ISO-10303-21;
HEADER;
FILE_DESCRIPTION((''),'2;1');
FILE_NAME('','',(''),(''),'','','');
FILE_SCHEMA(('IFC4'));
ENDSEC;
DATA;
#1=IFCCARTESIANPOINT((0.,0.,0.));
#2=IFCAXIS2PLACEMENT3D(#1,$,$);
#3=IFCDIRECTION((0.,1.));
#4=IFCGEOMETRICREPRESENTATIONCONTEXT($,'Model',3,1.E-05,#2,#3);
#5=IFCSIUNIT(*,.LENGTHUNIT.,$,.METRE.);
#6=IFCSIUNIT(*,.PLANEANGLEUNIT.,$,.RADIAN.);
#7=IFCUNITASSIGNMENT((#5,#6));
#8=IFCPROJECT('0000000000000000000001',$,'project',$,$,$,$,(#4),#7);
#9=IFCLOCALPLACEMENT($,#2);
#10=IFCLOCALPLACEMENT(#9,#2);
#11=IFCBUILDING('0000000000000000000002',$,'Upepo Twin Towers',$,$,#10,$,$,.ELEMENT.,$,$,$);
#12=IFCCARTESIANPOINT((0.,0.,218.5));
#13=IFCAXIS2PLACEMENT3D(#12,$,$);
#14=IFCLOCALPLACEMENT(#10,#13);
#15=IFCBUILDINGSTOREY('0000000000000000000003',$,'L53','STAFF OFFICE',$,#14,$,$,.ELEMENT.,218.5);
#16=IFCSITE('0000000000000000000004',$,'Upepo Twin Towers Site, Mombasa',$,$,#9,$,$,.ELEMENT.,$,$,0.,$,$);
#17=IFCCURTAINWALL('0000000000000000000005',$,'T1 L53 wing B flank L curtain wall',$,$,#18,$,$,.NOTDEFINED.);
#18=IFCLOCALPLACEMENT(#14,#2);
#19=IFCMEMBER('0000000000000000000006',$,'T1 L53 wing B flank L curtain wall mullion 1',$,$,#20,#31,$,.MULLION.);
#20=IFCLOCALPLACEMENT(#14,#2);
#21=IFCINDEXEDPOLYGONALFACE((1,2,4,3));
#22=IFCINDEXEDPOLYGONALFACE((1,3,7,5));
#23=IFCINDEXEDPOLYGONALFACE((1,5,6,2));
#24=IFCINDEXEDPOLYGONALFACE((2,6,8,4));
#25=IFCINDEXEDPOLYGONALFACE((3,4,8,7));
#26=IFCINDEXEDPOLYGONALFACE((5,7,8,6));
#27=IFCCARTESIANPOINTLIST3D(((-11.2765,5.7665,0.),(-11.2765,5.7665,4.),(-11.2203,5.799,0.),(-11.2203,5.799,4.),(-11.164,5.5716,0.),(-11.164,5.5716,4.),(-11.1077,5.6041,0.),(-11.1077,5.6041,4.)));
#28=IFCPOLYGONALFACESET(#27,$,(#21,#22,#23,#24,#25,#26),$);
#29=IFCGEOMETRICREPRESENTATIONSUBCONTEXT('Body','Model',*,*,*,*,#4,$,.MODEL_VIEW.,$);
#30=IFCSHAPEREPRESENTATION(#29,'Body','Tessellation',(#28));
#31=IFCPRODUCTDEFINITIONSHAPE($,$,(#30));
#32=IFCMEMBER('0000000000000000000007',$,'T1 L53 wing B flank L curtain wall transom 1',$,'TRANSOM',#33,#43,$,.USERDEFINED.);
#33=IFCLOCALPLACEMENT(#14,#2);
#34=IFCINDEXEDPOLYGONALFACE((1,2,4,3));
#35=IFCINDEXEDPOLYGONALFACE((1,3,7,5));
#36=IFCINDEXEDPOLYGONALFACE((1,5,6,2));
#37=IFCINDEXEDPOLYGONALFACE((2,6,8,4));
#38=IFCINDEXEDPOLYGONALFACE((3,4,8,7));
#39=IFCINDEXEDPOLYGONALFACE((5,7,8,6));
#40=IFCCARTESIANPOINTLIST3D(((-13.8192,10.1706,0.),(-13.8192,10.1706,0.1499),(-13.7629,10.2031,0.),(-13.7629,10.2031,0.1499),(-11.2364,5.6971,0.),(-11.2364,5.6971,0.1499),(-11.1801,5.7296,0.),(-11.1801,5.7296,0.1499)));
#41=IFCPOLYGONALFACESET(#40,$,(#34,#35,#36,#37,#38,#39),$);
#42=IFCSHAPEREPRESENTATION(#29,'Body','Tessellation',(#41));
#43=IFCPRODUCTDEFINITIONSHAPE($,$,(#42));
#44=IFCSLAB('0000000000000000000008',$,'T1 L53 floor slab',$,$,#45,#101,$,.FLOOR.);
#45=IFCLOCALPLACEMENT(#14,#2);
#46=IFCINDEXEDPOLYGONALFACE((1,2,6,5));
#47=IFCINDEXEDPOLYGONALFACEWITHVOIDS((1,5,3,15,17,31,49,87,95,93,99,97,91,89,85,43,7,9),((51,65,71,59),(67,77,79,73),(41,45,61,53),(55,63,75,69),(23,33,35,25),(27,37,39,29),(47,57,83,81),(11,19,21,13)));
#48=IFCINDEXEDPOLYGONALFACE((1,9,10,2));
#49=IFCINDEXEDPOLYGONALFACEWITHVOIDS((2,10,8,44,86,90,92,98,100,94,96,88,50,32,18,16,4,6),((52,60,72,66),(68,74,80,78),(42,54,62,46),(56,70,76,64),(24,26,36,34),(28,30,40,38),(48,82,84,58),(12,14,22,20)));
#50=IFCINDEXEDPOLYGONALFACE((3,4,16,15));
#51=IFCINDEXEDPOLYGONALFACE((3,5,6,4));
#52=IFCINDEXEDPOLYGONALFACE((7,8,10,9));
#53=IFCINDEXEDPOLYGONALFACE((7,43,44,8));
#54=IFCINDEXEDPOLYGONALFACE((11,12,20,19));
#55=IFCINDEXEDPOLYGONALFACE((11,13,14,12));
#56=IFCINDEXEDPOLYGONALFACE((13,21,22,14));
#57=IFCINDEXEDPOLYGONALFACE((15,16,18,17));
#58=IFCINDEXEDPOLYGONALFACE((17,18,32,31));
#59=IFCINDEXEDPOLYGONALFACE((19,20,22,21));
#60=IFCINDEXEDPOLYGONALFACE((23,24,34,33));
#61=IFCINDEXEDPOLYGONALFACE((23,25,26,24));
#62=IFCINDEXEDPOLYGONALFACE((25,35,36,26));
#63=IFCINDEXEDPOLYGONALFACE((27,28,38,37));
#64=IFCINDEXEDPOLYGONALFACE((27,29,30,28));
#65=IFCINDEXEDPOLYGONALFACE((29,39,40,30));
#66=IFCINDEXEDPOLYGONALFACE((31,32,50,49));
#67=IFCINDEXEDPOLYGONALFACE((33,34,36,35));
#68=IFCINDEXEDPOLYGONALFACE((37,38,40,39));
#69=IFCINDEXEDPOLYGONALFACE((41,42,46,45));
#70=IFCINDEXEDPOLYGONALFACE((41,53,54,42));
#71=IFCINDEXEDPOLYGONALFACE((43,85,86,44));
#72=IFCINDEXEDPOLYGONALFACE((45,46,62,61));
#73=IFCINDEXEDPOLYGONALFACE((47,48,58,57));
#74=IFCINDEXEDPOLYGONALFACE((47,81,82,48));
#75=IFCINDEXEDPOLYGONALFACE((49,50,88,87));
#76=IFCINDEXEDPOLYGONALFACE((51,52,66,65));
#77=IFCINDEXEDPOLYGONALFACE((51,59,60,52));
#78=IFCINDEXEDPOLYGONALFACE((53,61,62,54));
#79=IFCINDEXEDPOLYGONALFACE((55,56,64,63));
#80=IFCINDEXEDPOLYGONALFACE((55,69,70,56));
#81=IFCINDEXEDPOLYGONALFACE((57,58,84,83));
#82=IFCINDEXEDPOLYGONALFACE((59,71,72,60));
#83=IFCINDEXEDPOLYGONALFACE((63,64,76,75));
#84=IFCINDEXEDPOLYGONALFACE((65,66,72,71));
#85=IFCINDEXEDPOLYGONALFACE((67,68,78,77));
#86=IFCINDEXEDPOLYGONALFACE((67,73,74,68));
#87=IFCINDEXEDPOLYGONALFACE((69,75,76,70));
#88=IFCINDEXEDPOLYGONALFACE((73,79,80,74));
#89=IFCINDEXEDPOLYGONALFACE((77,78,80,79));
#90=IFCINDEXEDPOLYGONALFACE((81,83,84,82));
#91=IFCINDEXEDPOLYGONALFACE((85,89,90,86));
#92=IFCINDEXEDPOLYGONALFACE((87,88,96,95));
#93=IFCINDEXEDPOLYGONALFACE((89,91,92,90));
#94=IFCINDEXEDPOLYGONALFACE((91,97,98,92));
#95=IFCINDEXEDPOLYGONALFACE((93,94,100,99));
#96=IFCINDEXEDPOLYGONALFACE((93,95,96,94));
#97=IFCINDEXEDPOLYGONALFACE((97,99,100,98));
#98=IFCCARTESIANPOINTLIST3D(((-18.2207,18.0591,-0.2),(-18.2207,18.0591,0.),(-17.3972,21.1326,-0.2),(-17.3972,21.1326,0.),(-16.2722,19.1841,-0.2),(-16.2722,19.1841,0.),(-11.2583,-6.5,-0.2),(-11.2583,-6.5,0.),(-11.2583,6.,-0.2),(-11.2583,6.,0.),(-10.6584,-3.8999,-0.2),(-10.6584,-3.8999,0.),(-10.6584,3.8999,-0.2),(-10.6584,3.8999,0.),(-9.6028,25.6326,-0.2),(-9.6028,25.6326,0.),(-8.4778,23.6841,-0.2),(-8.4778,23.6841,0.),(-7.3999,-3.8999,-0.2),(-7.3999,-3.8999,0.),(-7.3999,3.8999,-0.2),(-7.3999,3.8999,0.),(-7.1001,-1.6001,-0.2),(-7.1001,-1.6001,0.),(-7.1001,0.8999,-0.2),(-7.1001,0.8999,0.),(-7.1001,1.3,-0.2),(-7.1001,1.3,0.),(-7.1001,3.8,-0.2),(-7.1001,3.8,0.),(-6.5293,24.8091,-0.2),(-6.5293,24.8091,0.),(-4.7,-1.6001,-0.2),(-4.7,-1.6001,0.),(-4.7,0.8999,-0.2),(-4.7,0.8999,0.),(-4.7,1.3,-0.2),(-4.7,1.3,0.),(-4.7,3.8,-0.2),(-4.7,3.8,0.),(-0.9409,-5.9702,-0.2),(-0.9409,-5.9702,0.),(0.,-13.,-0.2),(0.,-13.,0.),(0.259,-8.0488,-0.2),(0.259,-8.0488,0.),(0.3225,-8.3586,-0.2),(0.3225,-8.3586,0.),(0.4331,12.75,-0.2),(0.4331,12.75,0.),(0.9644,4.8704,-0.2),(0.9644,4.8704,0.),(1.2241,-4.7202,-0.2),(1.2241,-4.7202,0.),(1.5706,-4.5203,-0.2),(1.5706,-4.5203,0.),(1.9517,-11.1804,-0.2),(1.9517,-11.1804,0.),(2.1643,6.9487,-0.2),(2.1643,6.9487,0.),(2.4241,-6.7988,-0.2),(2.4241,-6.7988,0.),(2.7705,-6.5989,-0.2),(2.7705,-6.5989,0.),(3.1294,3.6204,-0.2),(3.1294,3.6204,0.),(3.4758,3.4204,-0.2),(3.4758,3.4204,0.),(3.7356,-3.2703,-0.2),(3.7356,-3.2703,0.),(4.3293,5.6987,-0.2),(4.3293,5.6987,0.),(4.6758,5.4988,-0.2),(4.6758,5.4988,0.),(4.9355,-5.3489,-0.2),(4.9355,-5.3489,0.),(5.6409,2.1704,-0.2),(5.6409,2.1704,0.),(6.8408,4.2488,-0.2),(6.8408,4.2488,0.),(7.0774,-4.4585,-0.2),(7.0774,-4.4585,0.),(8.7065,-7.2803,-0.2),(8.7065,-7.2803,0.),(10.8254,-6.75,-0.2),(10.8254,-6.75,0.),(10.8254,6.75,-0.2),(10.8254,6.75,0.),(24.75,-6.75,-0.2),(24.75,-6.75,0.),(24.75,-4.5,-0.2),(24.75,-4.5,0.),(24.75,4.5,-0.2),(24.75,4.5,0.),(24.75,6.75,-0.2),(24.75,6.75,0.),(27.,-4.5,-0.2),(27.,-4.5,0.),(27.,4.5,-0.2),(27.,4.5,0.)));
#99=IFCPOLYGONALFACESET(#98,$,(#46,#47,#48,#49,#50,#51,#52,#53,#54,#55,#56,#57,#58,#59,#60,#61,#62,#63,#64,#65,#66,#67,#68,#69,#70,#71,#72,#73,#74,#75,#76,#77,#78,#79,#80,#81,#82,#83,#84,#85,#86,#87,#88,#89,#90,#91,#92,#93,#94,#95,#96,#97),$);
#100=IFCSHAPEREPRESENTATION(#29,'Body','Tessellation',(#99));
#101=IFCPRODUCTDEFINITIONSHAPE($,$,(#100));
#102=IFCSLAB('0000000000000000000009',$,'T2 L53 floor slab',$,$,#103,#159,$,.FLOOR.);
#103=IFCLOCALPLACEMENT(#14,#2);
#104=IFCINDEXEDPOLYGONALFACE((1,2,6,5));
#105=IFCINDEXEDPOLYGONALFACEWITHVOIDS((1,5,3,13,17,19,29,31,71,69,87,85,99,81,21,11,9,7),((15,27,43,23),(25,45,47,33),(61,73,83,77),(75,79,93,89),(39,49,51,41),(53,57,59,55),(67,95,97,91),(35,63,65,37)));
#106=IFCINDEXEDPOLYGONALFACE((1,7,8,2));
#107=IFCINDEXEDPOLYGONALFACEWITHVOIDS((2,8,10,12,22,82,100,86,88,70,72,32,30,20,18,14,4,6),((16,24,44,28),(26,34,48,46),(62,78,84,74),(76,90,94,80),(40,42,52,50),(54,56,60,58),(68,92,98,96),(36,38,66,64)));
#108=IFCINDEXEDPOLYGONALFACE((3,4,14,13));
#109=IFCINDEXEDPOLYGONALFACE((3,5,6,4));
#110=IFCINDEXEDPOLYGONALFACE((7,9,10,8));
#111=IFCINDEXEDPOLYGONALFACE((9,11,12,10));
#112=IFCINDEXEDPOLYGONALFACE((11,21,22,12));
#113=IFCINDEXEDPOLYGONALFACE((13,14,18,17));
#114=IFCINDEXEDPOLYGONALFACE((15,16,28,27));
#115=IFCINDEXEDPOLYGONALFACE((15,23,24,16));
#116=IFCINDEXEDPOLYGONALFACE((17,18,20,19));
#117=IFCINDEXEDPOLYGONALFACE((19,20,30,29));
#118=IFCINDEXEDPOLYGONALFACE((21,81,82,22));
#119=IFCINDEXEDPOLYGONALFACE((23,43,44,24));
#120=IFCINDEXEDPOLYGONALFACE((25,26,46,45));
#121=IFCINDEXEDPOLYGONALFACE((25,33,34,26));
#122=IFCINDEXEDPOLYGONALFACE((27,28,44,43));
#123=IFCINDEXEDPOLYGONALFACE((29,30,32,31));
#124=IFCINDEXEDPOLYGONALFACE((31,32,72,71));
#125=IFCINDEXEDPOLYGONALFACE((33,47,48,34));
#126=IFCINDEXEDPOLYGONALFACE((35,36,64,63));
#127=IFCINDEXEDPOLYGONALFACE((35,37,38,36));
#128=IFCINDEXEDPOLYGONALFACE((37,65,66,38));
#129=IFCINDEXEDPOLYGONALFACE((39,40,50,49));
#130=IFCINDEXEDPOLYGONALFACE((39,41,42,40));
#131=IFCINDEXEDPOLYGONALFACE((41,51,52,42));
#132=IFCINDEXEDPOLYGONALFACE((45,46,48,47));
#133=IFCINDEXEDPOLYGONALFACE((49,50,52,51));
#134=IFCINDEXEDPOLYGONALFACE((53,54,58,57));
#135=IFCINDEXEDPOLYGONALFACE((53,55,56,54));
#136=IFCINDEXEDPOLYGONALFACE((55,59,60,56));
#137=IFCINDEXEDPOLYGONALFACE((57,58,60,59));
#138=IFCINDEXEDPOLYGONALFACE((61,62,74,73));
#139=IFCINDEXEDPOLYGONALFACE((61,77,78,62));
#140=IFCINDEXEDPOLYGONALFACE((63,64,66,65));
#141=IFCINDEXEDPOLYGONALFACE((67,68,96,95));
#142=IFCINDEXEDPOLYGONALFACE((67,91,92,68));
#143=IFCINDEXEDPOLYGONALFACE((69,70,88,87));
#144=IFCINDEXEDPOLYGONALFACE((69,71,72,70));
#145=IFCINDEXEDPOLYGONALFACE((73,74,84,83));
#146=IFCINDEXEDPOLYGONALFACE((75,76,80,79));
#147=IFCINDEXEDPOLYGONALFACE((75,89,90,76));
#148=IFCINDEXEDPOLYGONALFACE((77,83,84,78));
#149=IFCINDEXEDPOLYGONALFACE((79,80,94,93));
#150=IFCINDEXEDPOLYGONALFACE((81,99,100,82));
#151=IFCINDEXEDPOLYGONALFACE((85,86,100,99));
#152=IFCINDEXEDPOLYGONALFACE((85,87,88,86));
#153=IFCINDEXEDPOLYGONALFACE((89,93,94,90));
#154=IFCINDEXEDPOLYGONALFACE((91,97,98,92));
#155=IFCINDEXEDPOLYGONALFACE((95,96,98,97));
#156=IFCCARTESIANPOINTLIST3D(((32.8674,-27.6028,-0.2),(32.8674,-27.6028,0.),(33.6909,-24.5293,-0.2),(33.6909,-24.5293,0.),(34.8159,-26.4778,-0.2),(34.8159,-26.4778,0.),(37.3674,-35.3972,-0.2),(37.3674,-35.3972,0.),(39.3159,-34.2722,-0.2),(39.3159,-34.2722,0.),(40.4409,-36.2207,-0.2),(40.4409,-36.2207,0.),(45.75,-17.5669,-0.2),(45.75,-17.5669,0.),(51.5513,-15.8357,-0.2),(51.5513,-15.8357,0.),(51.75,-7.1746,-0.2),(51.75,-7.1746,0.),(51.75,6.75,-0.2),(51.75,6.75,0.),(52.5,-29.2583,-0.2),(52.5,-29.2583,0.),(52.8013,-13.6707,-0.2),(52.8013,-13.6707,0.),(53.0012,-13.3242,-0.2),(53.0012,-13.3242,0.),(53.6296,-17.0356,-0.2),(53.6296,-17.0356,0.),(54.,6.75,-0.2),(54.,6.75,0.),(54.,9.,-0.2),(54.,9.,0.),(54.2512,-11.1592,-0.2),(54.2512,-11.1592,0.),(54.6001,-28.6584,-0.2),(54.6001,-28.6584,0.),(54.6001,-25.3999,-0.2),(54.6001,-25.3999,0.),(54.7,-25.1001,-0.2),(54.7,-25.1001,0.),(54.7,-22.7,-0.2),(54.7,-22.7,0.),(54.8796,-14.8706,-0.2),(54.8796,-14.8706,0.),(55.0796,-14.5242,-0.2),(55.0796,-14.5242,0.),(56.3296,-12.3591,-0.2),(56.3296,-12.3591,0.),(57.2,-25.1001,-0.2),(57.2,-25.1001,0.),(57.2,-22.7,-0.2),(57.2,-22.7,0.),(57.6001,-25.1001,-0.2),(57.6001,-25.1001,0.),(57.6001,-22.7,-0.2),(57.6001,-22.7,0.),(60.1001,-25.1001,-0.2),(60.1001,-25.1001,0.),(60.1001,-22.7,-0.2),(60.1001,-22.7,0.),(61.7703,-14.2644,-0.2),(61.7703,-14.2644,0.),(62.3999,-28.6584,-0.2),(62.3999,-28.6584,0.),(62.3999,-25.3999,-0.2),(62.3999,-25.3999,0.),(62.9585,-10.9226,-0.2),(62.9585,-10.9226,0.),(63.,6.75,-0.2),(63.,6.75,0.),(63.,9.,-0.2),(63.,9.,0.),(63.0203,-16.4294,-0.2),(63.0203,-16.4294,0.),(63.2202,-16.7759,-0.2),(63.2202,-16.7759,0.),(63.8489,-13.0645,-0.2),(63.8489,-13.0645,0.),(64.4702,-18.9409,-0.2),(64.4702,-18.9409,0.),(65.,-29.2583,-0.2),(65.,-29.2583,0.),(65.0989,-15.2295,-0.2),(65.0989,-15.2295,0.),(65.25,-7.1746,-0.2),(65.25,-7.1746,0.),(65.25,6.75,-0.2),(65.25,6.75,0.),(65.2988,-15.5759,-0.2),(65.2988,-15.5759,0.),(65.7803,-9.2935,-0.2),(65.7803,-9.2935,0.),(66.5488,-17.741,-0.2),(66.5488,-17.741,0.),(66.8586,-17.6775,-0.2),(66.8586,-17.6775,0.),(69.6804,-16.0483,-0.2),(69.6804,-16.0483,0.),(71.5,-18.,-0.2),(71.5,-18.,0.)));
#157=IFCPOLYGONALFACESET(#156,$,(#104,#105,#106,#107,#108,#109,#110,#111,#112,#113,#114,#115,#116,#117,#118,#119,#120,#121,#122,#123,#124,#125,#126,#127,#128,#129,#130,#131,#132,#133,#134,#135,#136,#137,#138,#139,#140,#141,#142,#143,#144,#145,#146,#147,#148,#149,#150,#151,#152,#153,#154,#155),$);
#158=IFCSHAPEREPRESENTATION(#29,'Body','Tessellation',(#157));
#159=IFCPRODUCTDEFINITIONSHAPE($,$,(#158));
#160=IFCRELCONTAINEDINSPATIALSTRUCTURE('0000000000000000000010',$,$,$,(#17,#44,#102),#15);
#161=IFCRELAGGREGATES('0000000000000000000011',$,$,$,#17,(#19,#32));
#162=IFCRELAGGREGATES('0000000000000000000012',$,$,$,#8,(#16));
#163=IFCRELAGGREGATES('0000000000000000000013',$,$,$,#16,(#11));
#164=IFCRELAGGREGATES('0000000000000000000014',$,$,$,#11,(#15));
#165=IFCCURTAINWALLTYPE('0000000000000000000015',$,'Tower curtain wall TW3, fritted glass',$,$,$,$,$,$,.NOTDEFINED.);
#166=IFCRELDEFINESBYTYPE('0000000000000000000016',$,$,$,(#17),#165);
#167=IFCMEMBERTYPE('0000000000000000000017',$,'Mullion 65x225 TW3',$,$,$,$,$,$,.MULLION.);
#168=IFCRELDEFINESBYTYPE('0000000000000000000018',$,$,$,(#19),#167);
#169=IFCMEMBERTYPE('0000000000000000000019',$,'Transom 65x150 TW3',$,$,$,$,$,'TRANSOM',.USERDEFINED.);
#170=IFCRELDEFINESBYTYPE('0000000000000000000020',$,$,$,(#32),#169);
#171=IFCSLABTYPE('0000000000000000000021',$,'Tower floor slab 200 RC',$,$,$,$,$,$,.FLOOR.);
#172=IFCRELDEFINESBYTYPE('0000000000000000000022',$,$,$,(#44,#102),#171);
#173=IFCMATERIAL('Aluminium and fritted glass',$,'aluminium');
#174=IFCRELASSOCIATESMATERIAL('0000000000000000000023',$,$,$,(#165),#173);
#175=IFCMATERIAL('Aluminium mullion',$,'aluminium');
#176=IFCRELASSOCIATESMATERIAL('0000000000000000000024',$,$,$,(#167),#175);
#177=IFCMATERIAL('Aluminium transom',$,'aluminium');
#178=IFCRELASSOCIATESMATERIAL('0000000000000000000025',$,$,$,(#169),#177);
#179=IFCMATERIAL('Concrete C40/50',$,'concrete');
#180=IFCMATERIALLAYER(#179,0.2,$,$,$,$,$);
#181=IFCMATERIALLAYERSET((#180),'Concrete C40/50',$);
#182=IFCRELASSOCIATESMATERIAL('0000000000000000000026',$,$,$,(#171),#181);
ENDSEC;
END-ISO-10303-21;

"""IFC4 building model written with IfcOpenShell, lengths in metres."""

from ifc_helpers import new_model, si_unit, direction, frame, origin, origin_2d, place, context, subcontext, project, spatial, polyline, rectangle, outline, extrude, material, layer, layer_set, material_profile, profile_set, type_object, element, aggregate, save


model = new_model("IFC4")

# Units and contexts
model_context = context("Model", 3, precision=1e-05, world=origin(), true_north=direction((0.0, 1.0)))
body_context = subcontext(model_context, "Body", "Model", "MODEL_VIEW")
ifc_project = project(units=[si_unit("LENGTHUNIT", "METRE"), si_unit("PLANEANGLEUNIT", "RADIAN")], contexts=[model_context])

# Site, building, storey
site_placement = place(None, origin())
site = spatial("IfcSite", under=ifc_project, at=site_placement, Name="Upepo Twin Towers Site, Mombasa", CompositionType="ELEMENT", RefElevation=0.0)
building_placement = place(site_placement, origin())
building = spatial("IfcBuilding", under=site, at=building_placement, Name="Upepo Twin Towers", CompositionType="ELEMENT")
storey_placement = place(building_placement, frame((0.0, 0.0, 218.5)))
storey = spatial("IfcBuildingStorey", under=building, at=storey_placement, Name="L53", Description="STAFF OFFICE", CompositionType="ELEMENT", Elevation=218.5)

# Curtain wall, members
ifc_material_1 = material(Name="Aluminium and fritted glass", Category="aluminium")
curtain_wall_type = type_object("IfcCurtainWallType", Name="Tower curtain wall TW3, fritted glass", PredefinedType="NOTDEFINED", material=ifc_material_1)
curtain_wall_placement = place(storey_placement, origin())
curtain_wall = element("IfcCurtainWall", 1, at=curtain_wall_placement, inside=storey, type_object=curtain_wall_type, Name="T1 L53 wing B flank L curtain wall", PredefinedType="NOTDEFINED")
ifc_material_2 = material(Name="Aluminium mullion", Category="aluminium")
ifc_material_profile_1 = material_profile(ifc_material_2, rectangle(XDim=0.0649, YDim=0.2251, at=origin_2d()), Name="MULLION 65x225")
ifc_profile_set_1 = profile_set([ifc_material_profile_1], Name="Aluminium mullion")
member_type_1 = type_object("IfcMemberType", Name="Mullion 65x225 TW3", PredefinedType="MULLION", material=ifc_profile_set_1)
member_1_placement = place(storey_placement, frame((-11.1921, 5.6853, 0.0), z_axis=(0.0, 0.0, 1.0), x_axis=(-0.866025, -0.5, 0.0)))
member_1 = element("IfcMember", 2, at=member_1_placement, type_object=member_type_1, Name="T1 L53 wing B flank L curtain wall mullion 1", PredefinedType="MULLION", context=body_context, shape_type="SweptSolid", body=[
    extrude(rectangle(XDim=0.0649, YDim=0.2251, at=origin_2d()), origin(), (0.0, 0.0, 1.0), 4.0),
])
ifc_material_3 = material(Name="Aluminium transom", Category="aluminium")
ifc_material_profile_2 = material_profile(ifc_material_3, rectangle(XDim=0.0649, YDim=0.1499, at=origin_2d()), Name="TRANSOM 65x150")
ifc_profile_set_2 = profile_set([ifc_material_profile_2], Name="Aluminium transom")
member_type_2 = type_object("IfcMemberType", Name="Transom 65x150 TW3", ElementType="TRANSOM", PredefinedType="USERDEFINED", material=ifc_profile_set_2)
member_2_placement = place(storey_placement, frame((-11.2083, 5.7134, 0.075), z_axis=(-0.500007, 0.866021, 0.0), x_axis=(-0.866021, -0.500007, 0.0)))
member_2 = element("IfcMember", 3, at=member_2_placement, type_object=member_type_2, Name="T1 L53 wing B flank L curtain wall transom 1", ObjectType="TRANSOM", PredefinedType="USERDEFINED", context=body_context, shape_type="SweptSolid", body=[
    extrude(rectangle(XDim=0.0649, YDim=0.1499, at=origin_2d()), origin(), (0.0, 0.0, 1.0), 5.1655),
])
aggregate(curtain_wall, [member_1, member_2])

# Slabs
ifc_material_4 = material(Name="Concrete C40/50", Category="concrete")
ifc_layer_1 = layer(ifc_material_4, 0.2)
ifc_layer_set_1 = layer_set([ifc_layer_1], Name="Concrete C40/50")
slab_type = type_object("IfcSlabType", Name="Tower floor slab 200 RC", PredefinedType="FLOOR", material=ifc_layer_set_1)
slab_1_placement = place(storey_placement, frame((0.0, 0.0, -0.2)))
element("IfcSlab", 4, at=slab_1_placement, inside=storey, type_object=slab_type, Name="T1 L53 floor slab", PredefinedType="FLOOR", context=body_context, shape_type="SweptSolid", body=[
    extrude(outline(polyline([(10.8254, 6.75), (24.75, 6.75), (24.75, 4.5), (27.0, 4.5), (27.0, -4.5), (24.75, -4.5), (24.75, -6.75), (10.8254, -6.75), (0.0, -13.0), (-11.2583, -6.5), (-11.2583, 6.0), (-18.2207, 18.0591), (-16.2722, 19.1841), (-17.3972, 21.1326), (-9.6028, 25.6326), (-8.4778, 23.6841), (-6.5293, 24.8091), (0.4331, 12.75), (10.8254, 6.75)]), holes=[polyline([(5.6409, 2.1704), (6.8408, 4.2488), (4.6758, 5.4988), (3.4758, 3.4204), (5.6409, 2.1704)]), polyline([(3.1294, 3.6204), (4.3293, 5.6987), (2.1643, 6.9487), (0.9644, 4.8704), (3.1294, 3.6204)]), polyline([(-4.7, 3.8), (-7.1001, 3.8), (-7.1001, 1.3), (-4.7, 1.3), (-4.7, 3.8)]), polyline([(-4.7, 0.8999), (-7.1001, 0.8999), (-7.1001, -1.6001), (-4.7, -1.6001), (-4.7, 0.8999)]), polyline([(-7.3999, 3.8999), (-10.6584, 3.8999), (-10.6584, -3.8999), (-7.3999, -3.8999), (-7.3999, 3.8999)]), polyline([(-0.9409, -5.9702), (0.259, -8.0488), (2.4241, -6.7988), (1.2241, -4.7202), (-0.9409, -5.9702)]), polyline([(1.5706, -4.5203), (2.7705, -6.5989), (4.9355, -5.3489), (3.7356, -3.2703), (1.5706, -4.5203)]), polyline([(0.3225, -8.3586), (1.9517, -11.1804), (8.7065, -7.2803), (7.0774, -4.4585), (0.3225, -8.3586)])]), origin(), (0.0, 0.0, 1.0), 0.2),
])
slab_2_placement = place(storey_placement, frame((0.0, 0.0, -0.2)))
element("IfcSlab", 5, at=slab_2_placement, inside=storey, type_object=slab_type, Name="T2 L53 floor slab", PredefinedType="FLOOR", context=body_context, shape_type="SweptSolid", body=[
    extrude(outline(polyline([(51.75, -7.1746), (51.75, 6.75), (54.0, 6.75), (54.0, 9.0), (63.0, 9.0), (63.0, 6.75), (65.25, 6.75), (65.25, -7.1746), (71.5, -18.0), (65.0, -29.2583), (52.5, -29.2583), (40.4409, -36.2207), (39.3159, -34.2722), (37.3674, -35.3972), (32.8674, -27.6028), (34.8159, -26.4778), (33.6909, -24.5293), (45.75, -17.5669), (51.75, -7.1746)]), holes=[polyline([(56.3296, -12.3591), (54.2512, -11.1592), (53.0012, -13.3242), (55.0796, -14.5242), (56.3296, -12.3591)]), polyline([(54.8796, -14.8706), (52.8013, -13.6707), (51.5513, -15.8357), (53.6296, -17.0356), (54.8796, -14.8706)]), polyline([(54.7, -22.7), (54.7, -25.1001), (57.2, -25.1001), (57.2, -22.7), (54.7, -22.7)]), polyline([(57.6001, -22.7), (57.6001, -25.1001), (60.1001, -25.1001), (60.1001, -22.7), (57.6001, -22.7)]), polyline([(54.6001, -25.3999), (54.6001, -28.6584), (62.3999, -28.6584), (62.3999, -25.3999), (54.6001, -25.3999)]), polyline([(64.4702, -18.9409), (66.5488, -17.741), (65.2988, -15.5759), (63.2202, -16.7759), (64.4702, -18.9409)]), polyline([(63.0203, -16.4294), (65.0989, -15.2295), (63.8489, -13.0645), (61.7703, -14.2644), (63.0203, -16.4294)]), polyline([(66.8586, -17.6775), (69.6804, -16.0483), (65.7803, -9.2935), (62.9585, -10.9226), (66.8586, -17.6775)])]), origin(), (0.0, 0.0, 1.0), 0.2),
])

save(model, "model.ifc")
